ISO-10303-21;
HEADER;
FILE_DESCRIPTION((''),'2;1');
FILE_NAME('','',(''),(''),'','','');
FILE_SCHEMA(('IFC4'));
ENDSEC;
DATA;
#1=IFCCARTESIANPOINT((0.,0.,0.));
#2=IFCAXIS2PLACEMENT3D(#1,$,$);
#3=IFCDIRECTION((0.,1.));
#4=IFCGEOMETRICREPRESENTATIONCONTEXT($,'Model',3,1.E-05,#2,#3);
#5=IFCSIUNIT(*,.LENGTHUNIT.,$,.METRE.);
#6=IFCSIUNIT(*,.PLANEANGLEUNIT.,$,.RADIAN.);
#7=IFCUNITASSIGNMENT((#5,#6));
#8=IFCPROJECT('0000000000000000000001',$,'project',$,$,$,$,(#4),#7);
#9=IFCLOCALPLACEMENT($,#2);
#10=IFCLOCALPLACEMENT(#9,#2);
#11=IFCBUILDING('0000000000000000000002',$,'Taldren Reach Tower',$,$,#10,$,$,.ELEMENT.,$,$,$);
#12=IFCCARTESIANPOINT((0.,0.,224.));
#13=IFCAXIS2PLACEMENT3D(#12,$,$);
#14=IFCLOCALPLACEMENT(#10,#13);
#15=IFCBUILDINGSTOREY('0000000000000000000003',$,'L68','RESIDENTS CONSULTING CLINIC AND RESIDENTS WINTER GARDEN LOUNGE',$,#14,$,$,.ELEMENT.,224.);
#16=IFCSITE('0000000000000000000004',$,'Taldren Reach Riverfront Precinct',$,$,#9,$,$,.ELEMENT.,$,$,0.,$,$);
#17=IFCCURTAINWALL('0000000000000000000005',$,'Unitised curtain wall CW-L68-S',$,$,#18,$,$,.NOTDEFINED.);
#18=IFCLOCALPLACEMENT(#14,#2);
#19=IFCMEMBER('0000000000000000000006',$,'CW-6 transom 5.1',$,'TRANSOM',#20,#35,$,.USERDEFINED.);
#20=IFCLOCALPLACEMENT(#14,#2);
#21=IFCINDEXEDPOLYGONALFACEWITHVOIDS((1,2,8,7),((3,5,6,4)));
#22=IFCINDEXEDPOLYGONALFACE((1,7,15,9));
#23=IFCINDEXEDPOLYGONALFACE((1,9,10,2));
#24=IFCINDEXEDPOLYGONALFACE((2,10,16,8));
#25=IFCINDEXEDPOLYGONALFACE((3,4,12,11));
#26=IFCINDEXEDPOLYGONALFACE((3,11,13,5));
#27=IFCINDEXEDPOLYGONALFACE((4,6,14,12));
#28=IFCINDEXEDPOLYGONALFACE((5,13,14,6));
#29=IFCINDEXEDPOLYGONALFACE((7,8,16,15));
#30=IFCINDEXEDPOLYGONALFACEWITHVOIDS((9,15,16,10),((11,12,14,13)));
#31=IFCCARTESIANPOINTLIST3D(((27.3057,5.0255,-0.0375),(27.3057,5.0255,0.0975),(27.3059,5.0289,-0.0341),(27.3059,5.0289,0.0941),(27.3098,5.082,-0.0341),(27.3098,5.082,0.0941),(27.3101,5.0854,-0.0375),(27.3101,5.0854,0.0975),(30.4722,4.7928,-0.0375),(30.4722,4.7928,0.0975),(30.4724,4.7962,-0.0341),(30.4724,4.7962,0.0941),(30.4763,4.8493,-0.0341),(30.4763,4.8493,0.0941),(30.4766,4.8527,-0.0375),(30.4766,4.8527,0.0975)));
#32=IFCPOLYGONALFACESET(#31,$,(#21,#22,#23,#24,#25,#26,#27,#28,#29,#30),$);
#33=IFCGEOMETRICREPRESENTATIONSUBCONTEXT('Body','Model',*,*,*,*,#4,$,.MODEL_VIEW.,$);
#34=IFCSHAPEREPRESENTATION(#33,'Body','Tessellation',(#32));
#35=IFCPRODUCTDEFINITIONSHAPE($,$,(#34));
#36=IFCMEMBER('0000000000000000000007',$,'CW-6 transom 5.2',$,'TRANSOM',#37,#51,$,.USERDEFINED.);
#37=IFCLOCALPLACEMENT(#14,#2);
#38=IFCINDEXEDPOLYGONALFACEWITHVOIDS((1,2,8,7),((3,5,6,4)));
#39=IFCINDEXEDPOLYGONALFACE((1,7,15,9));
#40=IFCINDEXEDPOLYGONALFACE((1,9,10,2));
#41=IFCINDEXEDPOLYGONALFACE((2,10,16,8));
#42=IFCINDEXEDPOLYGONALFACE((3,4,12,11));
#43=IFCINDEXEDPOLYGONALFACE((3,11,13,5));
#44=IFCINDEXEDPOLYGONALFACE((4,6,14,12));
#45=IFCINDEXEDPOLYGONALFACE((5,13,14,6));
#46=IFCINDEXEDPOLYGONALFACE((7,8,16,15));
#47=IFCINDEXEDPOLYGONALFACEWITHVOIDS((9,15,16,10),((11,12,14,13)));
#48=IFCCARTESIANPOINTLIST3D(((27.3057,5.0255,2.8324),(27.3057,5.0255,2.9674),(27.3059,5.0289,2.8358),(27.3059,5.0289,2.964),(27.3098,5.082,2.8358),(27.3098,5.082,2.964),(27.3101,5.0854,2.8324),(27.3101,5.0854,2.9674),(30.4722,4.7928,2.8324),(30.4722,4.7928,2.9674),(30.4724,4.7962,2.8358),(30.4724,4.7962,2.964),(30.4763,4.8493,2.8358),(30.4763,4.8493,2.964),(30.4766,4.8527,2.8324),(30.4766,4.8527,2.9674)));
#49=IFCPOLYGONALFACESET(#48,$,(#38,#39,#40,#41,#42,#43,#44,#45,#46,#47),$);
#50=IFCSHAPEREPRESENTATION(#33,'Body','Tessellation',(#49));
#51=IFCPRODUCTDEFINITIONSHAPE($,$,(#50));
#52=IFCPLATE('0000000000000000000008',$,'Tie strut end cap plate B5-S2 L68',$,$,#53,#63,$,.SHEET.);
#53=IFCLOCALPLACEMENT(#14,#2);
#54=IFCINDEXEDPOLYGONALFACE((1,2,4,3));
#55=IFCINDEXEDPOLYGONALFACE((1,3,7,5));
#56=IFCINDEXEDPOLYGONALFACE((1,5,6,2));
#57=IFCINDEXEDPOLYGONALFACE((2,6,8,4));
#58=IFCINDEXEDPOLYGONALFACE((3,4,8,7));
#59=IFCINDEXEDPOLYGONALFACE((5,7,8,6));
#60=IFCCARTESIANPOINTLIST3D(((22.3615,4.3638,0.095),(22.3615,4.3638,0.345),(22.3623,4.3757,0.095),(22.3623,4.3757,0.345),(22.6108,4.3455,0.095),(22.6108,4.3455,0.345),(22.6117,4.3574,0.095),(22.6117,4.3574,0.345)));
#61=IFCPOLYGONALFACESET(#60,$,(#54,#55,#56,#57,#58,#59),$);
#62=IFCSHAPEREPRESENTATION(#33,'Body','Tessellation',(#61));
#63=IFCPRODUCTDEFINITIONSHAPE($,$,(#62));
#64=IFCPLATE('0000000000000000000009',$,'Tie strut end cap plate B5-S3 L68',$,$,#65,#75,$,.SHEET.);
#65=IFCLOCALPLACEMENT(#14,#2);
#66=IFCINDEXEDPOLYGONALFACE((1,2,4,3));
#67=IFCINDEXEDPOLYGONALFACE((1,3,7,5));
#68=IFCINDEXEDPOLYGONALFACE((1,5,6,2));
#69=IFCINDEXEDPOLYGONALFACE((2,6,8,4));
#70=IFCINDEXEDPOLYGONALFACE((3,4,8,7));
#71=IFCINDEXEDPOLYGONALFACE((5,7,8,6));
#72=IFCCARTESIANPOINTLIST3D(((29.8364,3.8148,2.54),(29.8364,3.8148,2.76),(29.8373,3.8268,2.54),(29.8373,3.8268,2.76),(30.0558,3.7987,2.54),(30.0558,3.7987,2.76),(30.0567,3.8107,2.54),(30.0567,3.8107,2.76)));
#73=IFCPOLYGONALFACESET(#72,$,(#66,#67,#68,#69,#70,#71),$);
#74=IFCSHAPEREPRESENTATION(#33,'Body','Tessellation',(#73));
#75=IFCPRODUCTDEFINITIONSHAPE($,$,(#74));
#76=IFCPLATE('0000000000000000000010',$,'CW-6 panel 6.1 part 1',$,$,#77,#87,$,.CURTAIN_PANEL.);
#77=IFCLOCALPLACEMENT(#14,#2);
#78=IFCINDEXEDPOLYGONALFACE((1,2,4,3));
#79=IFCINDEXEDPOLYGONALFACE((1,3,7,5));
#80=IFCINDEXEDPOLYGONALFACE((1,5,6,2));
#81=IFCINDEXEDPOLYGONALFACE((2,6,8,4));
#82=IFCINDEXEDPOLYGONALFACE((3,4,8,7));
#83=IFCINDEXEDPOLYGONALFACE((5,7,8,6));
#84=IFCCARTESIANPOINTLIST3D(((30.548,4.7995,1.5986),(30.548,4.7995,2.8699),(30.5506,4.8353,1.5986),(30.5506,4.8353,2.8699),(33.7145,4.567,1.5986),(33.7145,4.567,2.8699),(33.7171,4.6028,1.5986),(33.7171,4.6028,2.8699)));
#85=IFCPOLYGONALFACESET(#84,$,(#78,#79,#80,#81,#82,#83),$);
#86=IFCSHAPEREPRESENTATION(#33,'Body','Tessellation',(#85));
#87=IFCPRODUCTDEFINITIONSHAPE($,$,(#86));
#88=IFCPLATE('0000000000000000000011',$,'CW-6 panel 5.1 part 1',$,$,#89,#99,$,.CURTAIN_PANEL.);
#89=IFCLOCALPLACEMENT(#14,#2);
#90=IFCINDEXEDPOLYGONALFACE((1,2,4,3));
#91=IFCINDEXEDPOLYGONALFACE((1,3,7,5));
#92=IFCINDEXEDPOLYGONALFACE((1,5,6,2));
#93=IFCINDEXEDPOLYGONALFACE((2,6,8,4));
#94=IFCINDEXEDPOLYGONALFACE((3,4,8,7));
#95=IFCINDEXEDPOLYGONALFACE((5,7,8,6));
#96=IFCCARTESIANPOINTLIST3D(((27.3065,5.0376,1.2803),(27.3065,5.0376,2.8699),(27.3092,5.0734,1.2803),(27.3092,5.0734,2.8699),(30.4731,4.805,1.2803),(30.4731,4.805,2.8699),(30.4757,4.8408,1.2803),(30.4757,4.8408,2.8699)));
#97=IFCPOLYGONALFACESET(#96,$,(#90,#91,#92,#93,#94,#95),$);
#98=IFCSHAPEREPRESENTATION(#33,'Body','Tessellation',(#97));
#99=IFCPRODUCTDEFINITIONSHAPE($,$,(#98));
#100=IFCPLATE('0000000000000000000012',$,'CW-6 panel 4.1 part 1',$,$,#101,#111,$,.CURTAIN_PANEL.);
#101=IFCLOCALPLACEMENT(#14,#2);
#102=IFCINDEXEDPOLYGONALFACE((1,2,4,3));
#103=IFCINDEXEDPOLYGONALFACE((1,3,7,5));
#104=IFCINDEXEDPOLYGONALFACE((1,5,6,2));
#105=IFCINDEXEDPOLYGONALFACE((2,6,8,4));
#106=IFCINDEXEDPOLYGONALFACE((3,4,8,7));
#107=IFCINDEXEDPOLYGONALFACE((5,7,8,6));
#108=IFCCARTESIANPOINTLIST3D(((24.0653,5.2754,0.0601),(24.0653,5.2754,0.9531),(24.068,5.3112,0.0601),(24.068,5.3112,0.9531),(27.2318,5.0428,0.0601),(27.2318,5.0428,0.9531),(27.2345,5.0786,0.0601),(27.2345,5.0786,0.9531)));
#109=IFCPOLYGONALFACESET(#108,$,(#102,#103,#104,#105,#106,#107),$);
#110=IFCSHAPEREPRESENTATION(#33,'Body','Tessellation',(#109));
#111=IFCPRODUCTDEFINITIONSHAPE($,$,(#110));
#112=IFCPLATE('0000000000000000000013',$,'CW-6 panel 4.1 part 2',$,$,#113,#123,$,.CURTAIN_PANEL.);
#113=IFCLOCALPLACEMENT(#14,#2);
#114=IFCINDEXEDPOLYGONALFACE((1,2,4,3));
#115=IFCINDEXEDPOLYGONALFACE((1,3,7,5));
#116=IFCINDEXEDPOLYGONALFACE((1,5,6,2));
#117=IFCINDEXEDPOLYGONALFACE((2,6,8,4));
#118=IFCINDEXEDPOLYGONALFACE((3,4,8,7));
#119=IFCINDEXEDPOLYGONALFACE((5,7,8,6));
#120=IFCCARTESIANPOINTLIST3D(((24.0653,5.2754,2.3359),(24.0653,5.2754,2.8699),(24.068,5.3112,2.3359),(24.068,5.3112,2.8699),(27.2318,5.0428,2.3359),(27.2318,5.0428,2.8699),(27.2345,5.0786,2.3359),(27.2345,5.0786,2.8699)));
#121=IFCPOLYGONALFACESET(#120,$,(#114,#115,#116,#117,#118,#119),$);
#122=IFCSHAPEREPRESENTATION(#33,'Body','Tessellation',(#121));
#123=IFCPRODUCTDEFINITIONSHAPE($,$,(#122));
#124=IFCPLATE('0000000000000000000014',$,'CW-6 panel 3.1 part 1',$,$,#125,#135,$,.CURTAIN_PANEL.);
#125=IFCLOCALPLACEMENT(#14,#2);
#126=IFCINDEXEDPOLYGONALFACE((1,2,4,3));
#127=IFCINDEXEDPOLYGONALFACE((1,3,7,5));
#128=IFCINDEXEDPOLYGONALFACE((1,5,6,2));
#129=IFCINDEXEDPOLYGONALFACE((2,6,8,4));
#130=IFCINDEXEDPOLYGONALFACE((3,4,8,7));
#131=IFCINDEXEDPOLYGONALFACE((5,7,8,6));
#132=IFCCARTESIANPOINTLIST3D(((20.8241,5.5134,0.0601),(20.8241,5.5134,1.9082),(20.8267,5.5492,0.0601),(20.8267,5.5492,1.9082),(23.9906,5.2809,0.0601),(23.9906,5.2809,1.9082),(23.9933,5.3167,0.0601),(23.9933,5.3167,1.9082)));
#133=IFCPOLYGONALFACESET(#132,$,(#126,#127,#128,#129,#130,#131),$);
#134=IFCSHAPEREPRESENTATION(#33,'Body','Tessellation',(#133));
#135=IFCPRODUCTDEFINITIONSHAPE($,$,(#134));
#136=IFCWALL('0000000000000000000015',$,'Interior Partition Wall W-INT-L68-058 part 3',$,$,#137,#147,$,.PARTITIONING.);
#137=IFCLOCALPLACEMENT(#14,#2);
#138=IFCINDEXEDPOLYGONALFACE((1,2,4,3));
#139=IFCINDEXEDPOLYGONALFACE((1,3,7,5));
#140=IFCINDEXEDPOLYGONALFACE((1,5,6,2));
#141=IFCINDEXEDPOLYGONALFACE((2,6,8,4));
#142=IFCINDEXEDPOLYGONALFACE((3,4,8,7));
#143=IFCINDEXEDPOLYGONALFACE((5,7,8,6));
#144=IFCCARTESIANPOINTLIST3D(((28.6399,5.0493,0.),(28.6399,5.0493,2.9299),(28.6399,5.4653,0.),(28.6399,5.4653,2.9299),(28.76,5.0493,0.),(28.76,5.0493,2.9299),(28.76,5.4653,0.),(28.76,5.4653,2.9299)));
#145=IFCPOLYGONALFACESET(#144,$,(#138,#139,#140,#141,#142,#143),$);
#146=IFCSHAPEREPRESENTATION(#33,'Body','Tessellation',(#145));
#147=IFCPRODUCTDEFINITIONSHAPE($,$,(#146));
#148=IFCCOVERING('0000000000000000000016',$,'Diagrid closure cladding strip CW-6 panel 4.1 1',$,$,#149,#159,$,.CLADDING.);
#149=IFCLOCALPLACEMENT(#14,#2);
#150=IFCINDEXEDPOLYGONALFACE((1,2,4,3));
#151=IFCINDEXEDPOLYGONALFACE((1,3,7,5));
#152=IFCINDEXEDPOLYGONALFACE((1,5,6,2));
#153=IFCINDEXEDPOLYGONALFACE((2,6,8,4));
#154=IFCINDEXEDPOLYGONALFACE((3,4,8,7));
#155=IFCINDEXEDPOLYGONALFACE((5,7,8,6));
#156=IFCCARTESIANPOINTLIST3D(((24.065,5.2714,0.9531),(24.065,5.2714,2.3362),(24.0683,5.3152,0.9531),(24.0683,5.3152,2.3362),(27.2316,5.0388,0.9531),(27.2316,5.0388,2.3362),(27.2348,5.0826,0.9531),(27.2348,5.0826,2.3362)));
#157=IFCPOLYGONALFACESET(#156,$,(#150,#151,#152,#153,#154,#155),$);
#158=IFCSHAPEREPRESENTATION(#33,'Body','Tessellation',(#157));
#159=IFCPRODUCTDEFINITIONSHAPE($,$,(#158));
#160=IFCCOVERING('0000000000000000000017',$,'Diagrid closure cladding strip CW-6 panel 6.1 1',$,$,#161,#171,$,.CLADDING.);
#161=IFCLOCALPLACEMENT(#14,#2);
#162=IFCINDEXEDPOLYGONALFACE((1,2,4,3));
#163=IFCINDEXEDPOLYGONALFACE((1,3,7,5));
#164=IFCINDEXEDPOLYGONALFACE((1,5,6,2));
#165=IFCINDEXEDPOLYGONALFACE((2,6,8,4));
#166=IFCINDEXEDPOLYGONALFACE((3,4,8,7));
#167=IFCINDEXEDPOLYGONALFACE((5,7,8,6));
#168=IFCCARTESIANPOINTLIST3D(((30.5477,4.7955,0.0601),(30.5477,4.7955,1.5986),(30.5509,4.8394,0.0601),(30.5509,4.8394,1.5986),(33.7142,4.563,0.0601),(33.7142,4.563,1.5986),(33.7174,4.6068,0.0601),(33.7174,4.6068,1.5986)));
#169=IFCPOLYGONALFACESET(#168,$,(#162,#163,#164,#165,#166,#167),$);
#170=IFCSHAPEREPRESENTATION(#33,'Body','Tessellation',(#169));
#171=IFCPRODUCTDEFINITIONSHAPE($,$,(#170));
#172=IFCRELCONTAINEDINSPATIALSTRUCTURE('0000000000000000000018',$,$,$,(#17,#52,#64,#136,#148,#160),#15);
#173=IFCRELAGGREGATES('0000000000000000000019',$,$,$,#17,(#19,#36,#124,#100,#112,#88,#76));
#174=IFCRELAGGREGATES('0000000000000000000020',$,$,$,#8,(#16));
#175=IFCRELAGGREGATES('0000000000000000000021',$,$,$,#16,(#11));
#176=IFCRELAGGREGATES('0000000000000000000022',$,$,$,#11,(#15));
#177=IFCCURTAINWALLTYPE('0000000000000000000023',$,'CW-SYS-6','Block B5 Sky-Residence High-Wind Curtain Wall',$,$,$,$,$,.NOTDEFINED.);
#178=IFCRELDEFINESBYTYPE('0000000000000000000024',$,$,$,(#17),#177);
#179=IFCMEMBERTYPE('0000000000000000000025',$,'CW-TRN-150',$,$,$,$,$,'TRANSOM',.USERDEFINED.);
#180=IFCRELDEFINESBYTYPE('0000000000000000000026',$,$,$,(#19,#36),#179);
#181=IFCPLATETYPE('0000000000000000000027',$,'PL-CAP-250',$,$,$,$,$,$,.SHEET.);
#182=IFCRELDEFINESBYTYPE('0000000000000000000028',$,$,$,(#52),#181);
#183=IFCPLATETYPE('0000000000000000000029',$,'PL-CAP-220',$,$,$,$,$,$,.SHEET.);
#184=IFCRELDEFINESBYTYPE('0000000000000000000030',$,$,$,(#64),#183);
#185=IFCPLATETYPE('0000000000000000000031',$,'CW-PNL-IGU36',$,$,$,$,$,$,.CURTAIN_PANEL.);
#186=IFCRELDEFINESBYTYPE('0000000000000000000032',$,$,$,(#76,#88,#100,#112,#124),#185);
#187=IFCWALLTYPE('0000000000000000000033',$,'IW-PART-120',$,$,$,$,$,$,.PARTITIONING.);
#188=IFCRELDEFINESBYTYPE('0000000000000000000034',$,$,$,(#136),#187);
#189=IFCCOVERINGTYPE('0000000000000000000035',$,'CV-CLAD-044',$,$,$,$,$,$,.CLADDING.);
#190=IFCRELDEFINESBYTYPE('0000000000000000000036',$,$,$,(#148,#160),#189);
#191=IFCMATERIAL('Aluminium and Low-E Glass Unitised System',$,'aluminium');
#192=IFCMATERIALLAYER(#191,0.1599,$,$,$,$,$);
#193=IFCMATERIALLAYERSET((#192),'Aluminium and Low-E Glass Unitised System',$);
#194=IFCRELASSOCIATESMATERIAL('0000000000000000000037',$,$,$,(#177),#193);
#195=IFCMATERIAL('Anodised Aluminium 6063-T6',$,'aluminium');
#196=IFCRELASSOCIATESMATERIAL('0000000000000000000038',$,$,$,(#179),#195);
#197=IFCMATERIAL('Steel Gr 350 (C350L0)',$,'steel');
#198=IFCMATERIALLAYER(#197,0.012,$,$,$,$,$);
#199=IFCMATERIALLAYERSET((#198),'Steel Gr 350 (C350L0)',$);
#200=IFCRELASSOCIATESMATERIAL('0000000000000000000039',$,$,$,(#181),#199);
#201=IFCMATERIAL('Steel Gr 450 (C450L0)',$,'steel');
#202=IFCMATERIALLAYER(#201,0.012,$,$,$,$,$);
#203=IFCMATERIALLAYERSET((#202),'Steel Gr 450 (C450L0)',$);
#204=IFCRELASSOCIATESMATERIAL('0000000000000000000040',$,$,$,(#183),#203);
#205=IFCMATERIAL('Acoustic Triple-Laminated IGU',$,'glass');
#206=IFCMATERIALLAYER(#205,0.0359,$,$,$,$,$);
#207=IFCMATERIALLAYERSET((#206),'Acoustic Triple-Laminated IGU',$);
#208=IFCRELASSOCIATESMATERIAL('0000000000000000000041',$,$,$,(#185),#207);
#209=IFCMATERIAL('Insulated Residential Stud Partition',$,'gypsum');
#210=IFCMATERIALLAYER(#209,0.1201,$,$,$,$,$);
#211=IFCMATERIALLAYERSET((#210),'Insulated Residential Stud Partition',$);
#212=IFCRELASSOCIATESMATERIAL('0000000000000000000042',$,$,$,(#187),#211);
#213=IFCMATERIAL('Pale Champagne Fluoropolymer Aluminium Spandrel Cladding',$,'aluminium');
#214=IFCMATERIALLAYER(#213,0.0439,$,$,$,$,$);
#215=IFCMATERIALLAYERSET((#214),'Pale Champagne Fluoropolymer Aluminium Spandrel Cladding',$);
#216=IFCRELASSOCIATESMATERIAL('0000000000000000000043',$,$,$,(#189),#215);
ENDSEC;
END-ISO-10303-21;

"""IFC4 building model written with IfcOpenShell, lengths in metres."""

from ifc_helpers import new_model, si_unit, direction, frame, frame_2d, origin, origin_2d, place, context, subcontext, project, spatial, rectangle, hollow_rectangle, extrude, source, transform, mapped, material, layer, layer_set, material_profile, profile_set, type_object, element, aggregate, save


model = new_model("IFC4")

# Units and contexts
model_context = context("Model", 3, precision=1e-05, world=origin(), true_north=direction((0.0, 1.0)))
body_context = subcontext(model_context, "Body", "Model", "MODEL_VIEW")
ifc_project = project(units=[si_unit("LENGTHUNIT", "METRE"), si_unit("PLANEANGLEUNIT", "RADIAN")], contexts=[model_context])

# Site, building, storey
site_placement = place(None, origin())
site = spatial("IfcSite", under=ifc_project, at=site_placement, Name="Taldren Reach Riverfront Precinct", CompositionType="ELEMENT", RefElevation=0.0)
building_placement = place(site_placement, origin())
building = spatial("IfcBuilding", under=site, at=building_placement, Name="Taldren Reach Tower", CompositionType="ELEMENT")
storey_placement = place(building_placement, frame((0.0, 0.0, 224.0)))
storey = spatial("IfcBuildingStorey", under=building, at=storey_placement, Name="L68", Description="RESIDENTS CONSULTING CLINIC AND RESIDENTS WINTER GARDEN LOUNGE", CompositionType="ELEMENT", Elevation=224.0)

# Shared definitions
ifc_material_1 = material(Name="Steel Gr 350 (C350L0)", Category="steel")
ifc_material_2 = material(Name="Steel Gr 450 (C450L0)", Category="steel")

# Curtain wall, members
ifc_material_3 = material(Name="Aluminium and Low-E Glass Unitised System", Category="aluminium")
ifc_layer_1 = layer(ifc_material_3, 0.1599)
ifc_layer_set_1 = layer_set([ifc_layer_1], Name="Aluminium and Low-E Glass Unitised System")
curtain_wall_type = type_object("IfcCurtainWallType", Name="CW-SYS-6", Description="Block B5 Sky-Residence High-Wind Curtain Wall", PredefinedType="NOTDEFINED", material=ifc_layer_set_1)
curtain_wall_placement = place(storey_placement, origin())
curtain_wall = element("IfcCurtainWall", 1, at=curtain_wall_placement, inside=storey, type_object=curtain_wall_type, Name="Unitised curtain wall CW-L68-S", PredefinedType="NOTDEFINED")
ifc_material_4 = material(Name="Anodised Aluminium 6063-T6", Category="aluminium")
ifc_material_profile_1 = material_profile(ifc_material_4, hollow_rectangle(XDim=0.0601, YDim=0.135, WallThickness=0.0034, at=origin_2d()), Name="ALU-135x60x3.5RHS")
ifc_profile_set_1 = profile_set([ifc_material_profile_1], Name="Anodised Aluminium 6063-T6")
member_type_1 = type_object("IfcMemberType", Name="CW-TRN-150", ElementType="TRANSOM", PredefinedType="USERDEFINED", material=ifc_profile_set_1)
shared_shape_1 = source(origin(), body_context, "Body", "SweptSolid", [
    extrude(hollow_rectangle(XDim=0.0601, YDim=0.135, WallThickness=0.0034, at=origin_2d()), origin(), (0.0, 0.0, 1.0), 3.175),
])
member_1_placement = place(storey_placement, frame((27.3079, 5.0554, 0.03), z_axis=(0.997311, -0.07328, 0.0), x_axis=(0.07328, 0.997311, 0.0)))
member_1 = element("IfcMember", 2, at=member_1_placement, type_object=member_type_1, Name="CW-6 transom 5.1", ObjectType="TRANSOM", PredefinedType="USERDEFINED", context=body_context, shape_type="MappedRepresentation", body=[
    mapped(shared_shape_1, transform((0.0, 0.0, 0.0), scale=1.0)),
])
member_2_placement = place(storey_placement, frame((27.3079, 5.0554, 2.8999), z_axis=(0.997311, -0.07328, 0.0), x_axis=(0.07328, 0.997311, 0.0)))
member_2 = element("IfcMember", 3, at=member_2_placement, type_object=member_type_1, Name="CW-6 transom 5.2", ObjectType="TRANSOM", PredefinedType="USERDEFINED", context=body_context, shape_type="MappedRepresentation", body=[
    mapped(shared_shape_1, transform((0.0, 0.0, 0.0), scale=1.0)),
])

# Plates
ifc_layer_2 = layer(ifc_material_1, 0.012)
ifc_layer_set_2 = layer_set([ifc_layer_2], Name="Steel Gr 350 (C350L0)")
plate_type_1 = type_object("IfcPlateType", Name="PL-CAP-250", PredefinedType="SHEET", material=ifc_layer_set_2)
shared_shape_2 = source(origin(), body_context, "Body", "SweptSolid", [
    extrude(rectangle(XDim=0.25, YDim=0.012, at=origin_2d()), origin(), (0.0, 0.0, 1.0), 0.25),
])
plate_1_placement = place(storey_placement, frame((22.4866, 4.3606, 0.095), z_axis=(0.0, 0.0, 1.0), x_axis=(0.997314, -0.073238, 0.0)))
element("IfcPlate", 4, at=plate_1_placement, inside=storey, type_object=plate_type_1, Name="Tie strut end cap plate B5-S2 L68", PredefinedType="SHEET", context=body_context, shape_type="MappedRepresentation", body=[
    mapped(shared_shape_2, transform((0.0, 0.0, 0.0), scale=1.0)),
])
ifc_layer_3 = layer(ifc_material_2, 0.012)
ifc_layer_set_3 = layer_set([ifc_layer_3], Name="Steel Gr 450 (C450L0)")
plate_type_2 = type_object("IfcPlateType", Name="PL-CAP-220", PredefinedType="SHEET", material=ifc_layer_set_3)
shared_shape_3 = source(origin(), body_context, "Body", "SweptSolid", [
    extrude(rectangle(XDim=0.22, YDim=0.012, at=origin_2d()), origin(), (0.0, 0.0, 1.0), 0.22),
])
plate_2_placement = place(storey_placement, frame((29.9465, 3.8127, 2.54), z_axis=(0.0, 0.0, 1.0), x_axis=(0.997314, -0.073238, 0.0)))
element("IfcPlate", 5, at=plate_2_placement, inside=storey, type_object=plate_type_2, Name="Tie strut end cap plate B5-S3 L68", PredefinedType="SHEET", context=body_context, shape_type="MappedRepresentation", body=[
    mapped(shared_shape_3, transform((0.0, 0.0, 0.0), scale=1.0)),
])

# Plates
ifc_material_5 = material(Name="Acoustic Triple-Laminated IGU", Category="glass")
ifc_layer_4 = layer(ifc_material_5, 0.0359)
ifc_layer_set_4 = layer_set([ifc_layer_4], Name="Acoustic Triple-Laminated IGU")
plate_type_3 = type_object("IfcPlateType", Name="CW-PNL-IGU36", PredefinedType="CURTAIN_PANEL", material=ifc_layer_set_4)
shared_shape_4 = source(origin(), body_context, "Body", "SweptSolid", [
    extrude(rectangle(XDim=3.175, YDim=0.0359, at=origin_2d()), origin(), (0.0, 0.0, 1.0), 1.2712),
])
plate_3_placement = place(storey_placement, frame((32.1326, 4.7012, 1.5986), z_axis=(0.0, 0.0, 1.0), x_axis=(0.997314, -0.073238, 0.0)))
plate_3 = element("IfcPlate", 6, at=plate_3_placement, type_object=plate_type_3, Name="CW-6 panel 6.1 part 1", PredefinedType="CURTAIN_PANEL", context=body_context, shape_type="MappedRepresentation", body=[
    mapped(shared_shape_4, transform((0.0, 0.0, 0.0), scale=1.0)),
])
shared_shape_5 = source(origin(), body_context, "Body", "SweptSolid", [
    extrude(rectangle(XDim=3.175, YDim=0.0359, at=origin_2d()), origin(), (0.0, 0.0, 1.0), 1.5896),
])
plate_4_placement = place(storey_placement, frame((28.8911, 4.9392, 1.2803), z_axis=(0.0, 0.0, 1.0), x_axis=(0.997314, -0.073238, 0.0)))
plate_4 = element("IfcPlate", 7, at=plate_4_placement, type_object=plate_type_3, Name="CW-6 panel 5.1 part 1", PredefinedType="CURTAIN_PANEL", context=body_context, shape_type="MappedRepresentation", body=[
    mapped(shared_shape_5, transform((0.0, 0.0, 0.0), scale=1.0)),
])
shared_shape_6 = source(origin(), body_context, "Body", "SweptSolid", [
    extrude(rectangle(XDim=3.175, YDim=0.0359, at=origin_2d()), origin(), (0.0, 0.0, 1.0), 0.8931),
])
plate_5_placement = place(storey_placement, frame((25.6499, 5.177, 0.0601), z_axis=(0.0, 0.0, 1.0), x_axis=(0.997314, -0.073238, 0.0)))
plate_5 = element("IfcPlate", 8, at=plate_5_placement, type_object=plate_type_3, Name="CW-6 panel 4.1 part 1", PredefinedType="CURTAIN_PANEL", context=body_context, shape_type="MappedRepresentation", body=[
    mapped(shared_shape_6, transform((0.0, 0.0, 0.0), scale=1.0)),
])
shared_shape_7 = source(origin(), body_context, "Body", "SweptSolid", [
    extrude(rectangle(XDim=3.175, YDim=0.0359, at=origin_2d()), origin(), (0.0, 0.0, 1.0), 0.5339),
])
plate_6_placement = place(storey_placement, frame((25.6499, 5.177, 2.3359), z_axis=(0.0, 0.0, 1.0), x_axis=(0.997314, -0.073238, 0.0)))
plate_6 = element("IfcPlate", 9, at=plate_6_placement, type_object=plate_type_3, Name="CW-6 panel 4.1 part 2", PredefinedType="CURTAIN_PANEL", context=body_context, shape_type="MappedRepresentation", body=[
    mapped(shared_shape_7, transform((0.0, 0.0, 0.0), scale=1.0)),
])
shared_shape_8 = source(origin(), body_context, "Body", "SweptSolid", [
    extrude(rectangle(XDim=3.175, YDim=0.0359, at=origin_2d()), origin(), (0.0, 0.0, 1.0), 1.8481),
])
plate_7_placement = place(storey_placement, frame((22.4087, 5.415, 0.0601), z_axis=(0.0, 0.0, 1.0), x_axis=(0.997314, -0.073238, 0.0)))
plate_7 = element("IfcPlate", 10, at=plate_7_placement, type_object=plate_type_3, Name="CW-6 panel 3.1 part 1", PredefinedType="CURTAIN_PANEL", context=body_context, shape_type="MappedRepresentation", body=[
    mapped(shared_shape_8, transform((0.0, 0.0, 0.0), scale=1.0)),
])
aggregate(curtain_wall, [member_1, member_2, plate_7, plate_5, plate_6, plate_4, plate_3])

# Wall
ifc_material_6 = material(Name="Insulated Residential Stud Partition", Category="gypsum")
ifc_layer_5 = layer(ifc_material_6, 0.1201)
ifc_layer_set_5 = layer_set([ifc_layer_5], Name="Insulated Residential Stud Partition")
wall_type = type_object("IfcWallType", Name="IW-PART-120", PredefinedType="PARTITIONING", material=ifc_layer_set_5)
shared_shape_9 = source(origin(), body_context, "Body", "SweptSolid", [
    extrude(rectangle(XDim=0.416, YDim=0.1201, at=frame_2d((0.208, 0.0))), origin(), (0.0, 0.0, 1.0), 2.9299),
])
wall_placement = place(storey_placement, frame((28.7, 5.4653, 0.0), z_axis=(0.0, 0.0, 1.0), x_axis=(0.0, -1.0, 0.0)))
element("IfcWall", 11, at=wall_placement, inside=storey, type_object=wall_type, Name="Interior Partition Wall W-INT-L68-058 part 3", PredefinedType="PARTITIONING", context=body_context, shape_type="MappedRepresentation", body=[
    mapped(shared_shape_9, transform((0.0, 0.0, 0.0), scale=1.0)),
])

# Coverings
ifc_material_7 = material(Name="Pale Champagne Fluoropolymer Aluminium Spandrel Cladding", Category="aluminium")
ifc_layer_6 = layer(ifc_material_7, 0.0439)
ifc_layer_set_6 = layer_set([ifc_layer_6], Name="Pale Champagne Fluoropolymer Aluminium Spandrel Cladding")
covering_type = type_object("IfcCoveringType", Name="CV-CLAD-044", PredefinedType="CLADDING", material=ifc_layer_set_6)
shared_shape_10 = source(origin(), body_context, "Body", "SweptSolid", [
    extrude(rectangle(XDim=3.175, YDim=0.0439, at=origin_2d()), origin(), (0.0, 0.0, 1.0), 1.3831),
])
covering_1_placement = place(storey_placement, frame((25.6499, 5.177, 0.9531), z_axis=(0.0, 0.0, 1.0), x_axis=(0.997314, -0.073238, 0.0)))
element("IfcCovering", 12, at=covering_1_placement, inside=storey, type_object=covering_type, Name="Diagrid closure cladding strip CW-6 panel 4.1 1", PredefinedType="CLADDING", context=body_context, shape_type="MappedRepresentation", body=[
    mapped(shared_shape_10, transform((0.0, 0.0, 0.0), scale=1.0)),
])
shared_shape_11 = source(origin(), body_context, "Body", "SweptSolid", [
    extrude(rectangle(XDim=3.175, YDim=0.0439, at=origin_2d()), origin(), (0.0, 0.0, 1.0), 1.5386),
])
covering_2_placement = place(storey_placement, frame((32.1326, 4.7012, 0.0601), z_axis=(0.0, 0.0, 1.0), x_axis=(0.997314, -0.073238, 0.0)))
element("IfcCovering", 13, at=covering_2_placement, inside=storey, type_object=covering_type, Name="Diagrid closure cladding strip CW-6 panel 6.1 1", PredefinedType="CLADDING", context=body_context, shape_type="MappedRepresentation", body=[
    mapped(shared_shape_11, transform((0.0, 0.0, 0.0), scale=1.0)),
])

save(model, "model.ifc")
